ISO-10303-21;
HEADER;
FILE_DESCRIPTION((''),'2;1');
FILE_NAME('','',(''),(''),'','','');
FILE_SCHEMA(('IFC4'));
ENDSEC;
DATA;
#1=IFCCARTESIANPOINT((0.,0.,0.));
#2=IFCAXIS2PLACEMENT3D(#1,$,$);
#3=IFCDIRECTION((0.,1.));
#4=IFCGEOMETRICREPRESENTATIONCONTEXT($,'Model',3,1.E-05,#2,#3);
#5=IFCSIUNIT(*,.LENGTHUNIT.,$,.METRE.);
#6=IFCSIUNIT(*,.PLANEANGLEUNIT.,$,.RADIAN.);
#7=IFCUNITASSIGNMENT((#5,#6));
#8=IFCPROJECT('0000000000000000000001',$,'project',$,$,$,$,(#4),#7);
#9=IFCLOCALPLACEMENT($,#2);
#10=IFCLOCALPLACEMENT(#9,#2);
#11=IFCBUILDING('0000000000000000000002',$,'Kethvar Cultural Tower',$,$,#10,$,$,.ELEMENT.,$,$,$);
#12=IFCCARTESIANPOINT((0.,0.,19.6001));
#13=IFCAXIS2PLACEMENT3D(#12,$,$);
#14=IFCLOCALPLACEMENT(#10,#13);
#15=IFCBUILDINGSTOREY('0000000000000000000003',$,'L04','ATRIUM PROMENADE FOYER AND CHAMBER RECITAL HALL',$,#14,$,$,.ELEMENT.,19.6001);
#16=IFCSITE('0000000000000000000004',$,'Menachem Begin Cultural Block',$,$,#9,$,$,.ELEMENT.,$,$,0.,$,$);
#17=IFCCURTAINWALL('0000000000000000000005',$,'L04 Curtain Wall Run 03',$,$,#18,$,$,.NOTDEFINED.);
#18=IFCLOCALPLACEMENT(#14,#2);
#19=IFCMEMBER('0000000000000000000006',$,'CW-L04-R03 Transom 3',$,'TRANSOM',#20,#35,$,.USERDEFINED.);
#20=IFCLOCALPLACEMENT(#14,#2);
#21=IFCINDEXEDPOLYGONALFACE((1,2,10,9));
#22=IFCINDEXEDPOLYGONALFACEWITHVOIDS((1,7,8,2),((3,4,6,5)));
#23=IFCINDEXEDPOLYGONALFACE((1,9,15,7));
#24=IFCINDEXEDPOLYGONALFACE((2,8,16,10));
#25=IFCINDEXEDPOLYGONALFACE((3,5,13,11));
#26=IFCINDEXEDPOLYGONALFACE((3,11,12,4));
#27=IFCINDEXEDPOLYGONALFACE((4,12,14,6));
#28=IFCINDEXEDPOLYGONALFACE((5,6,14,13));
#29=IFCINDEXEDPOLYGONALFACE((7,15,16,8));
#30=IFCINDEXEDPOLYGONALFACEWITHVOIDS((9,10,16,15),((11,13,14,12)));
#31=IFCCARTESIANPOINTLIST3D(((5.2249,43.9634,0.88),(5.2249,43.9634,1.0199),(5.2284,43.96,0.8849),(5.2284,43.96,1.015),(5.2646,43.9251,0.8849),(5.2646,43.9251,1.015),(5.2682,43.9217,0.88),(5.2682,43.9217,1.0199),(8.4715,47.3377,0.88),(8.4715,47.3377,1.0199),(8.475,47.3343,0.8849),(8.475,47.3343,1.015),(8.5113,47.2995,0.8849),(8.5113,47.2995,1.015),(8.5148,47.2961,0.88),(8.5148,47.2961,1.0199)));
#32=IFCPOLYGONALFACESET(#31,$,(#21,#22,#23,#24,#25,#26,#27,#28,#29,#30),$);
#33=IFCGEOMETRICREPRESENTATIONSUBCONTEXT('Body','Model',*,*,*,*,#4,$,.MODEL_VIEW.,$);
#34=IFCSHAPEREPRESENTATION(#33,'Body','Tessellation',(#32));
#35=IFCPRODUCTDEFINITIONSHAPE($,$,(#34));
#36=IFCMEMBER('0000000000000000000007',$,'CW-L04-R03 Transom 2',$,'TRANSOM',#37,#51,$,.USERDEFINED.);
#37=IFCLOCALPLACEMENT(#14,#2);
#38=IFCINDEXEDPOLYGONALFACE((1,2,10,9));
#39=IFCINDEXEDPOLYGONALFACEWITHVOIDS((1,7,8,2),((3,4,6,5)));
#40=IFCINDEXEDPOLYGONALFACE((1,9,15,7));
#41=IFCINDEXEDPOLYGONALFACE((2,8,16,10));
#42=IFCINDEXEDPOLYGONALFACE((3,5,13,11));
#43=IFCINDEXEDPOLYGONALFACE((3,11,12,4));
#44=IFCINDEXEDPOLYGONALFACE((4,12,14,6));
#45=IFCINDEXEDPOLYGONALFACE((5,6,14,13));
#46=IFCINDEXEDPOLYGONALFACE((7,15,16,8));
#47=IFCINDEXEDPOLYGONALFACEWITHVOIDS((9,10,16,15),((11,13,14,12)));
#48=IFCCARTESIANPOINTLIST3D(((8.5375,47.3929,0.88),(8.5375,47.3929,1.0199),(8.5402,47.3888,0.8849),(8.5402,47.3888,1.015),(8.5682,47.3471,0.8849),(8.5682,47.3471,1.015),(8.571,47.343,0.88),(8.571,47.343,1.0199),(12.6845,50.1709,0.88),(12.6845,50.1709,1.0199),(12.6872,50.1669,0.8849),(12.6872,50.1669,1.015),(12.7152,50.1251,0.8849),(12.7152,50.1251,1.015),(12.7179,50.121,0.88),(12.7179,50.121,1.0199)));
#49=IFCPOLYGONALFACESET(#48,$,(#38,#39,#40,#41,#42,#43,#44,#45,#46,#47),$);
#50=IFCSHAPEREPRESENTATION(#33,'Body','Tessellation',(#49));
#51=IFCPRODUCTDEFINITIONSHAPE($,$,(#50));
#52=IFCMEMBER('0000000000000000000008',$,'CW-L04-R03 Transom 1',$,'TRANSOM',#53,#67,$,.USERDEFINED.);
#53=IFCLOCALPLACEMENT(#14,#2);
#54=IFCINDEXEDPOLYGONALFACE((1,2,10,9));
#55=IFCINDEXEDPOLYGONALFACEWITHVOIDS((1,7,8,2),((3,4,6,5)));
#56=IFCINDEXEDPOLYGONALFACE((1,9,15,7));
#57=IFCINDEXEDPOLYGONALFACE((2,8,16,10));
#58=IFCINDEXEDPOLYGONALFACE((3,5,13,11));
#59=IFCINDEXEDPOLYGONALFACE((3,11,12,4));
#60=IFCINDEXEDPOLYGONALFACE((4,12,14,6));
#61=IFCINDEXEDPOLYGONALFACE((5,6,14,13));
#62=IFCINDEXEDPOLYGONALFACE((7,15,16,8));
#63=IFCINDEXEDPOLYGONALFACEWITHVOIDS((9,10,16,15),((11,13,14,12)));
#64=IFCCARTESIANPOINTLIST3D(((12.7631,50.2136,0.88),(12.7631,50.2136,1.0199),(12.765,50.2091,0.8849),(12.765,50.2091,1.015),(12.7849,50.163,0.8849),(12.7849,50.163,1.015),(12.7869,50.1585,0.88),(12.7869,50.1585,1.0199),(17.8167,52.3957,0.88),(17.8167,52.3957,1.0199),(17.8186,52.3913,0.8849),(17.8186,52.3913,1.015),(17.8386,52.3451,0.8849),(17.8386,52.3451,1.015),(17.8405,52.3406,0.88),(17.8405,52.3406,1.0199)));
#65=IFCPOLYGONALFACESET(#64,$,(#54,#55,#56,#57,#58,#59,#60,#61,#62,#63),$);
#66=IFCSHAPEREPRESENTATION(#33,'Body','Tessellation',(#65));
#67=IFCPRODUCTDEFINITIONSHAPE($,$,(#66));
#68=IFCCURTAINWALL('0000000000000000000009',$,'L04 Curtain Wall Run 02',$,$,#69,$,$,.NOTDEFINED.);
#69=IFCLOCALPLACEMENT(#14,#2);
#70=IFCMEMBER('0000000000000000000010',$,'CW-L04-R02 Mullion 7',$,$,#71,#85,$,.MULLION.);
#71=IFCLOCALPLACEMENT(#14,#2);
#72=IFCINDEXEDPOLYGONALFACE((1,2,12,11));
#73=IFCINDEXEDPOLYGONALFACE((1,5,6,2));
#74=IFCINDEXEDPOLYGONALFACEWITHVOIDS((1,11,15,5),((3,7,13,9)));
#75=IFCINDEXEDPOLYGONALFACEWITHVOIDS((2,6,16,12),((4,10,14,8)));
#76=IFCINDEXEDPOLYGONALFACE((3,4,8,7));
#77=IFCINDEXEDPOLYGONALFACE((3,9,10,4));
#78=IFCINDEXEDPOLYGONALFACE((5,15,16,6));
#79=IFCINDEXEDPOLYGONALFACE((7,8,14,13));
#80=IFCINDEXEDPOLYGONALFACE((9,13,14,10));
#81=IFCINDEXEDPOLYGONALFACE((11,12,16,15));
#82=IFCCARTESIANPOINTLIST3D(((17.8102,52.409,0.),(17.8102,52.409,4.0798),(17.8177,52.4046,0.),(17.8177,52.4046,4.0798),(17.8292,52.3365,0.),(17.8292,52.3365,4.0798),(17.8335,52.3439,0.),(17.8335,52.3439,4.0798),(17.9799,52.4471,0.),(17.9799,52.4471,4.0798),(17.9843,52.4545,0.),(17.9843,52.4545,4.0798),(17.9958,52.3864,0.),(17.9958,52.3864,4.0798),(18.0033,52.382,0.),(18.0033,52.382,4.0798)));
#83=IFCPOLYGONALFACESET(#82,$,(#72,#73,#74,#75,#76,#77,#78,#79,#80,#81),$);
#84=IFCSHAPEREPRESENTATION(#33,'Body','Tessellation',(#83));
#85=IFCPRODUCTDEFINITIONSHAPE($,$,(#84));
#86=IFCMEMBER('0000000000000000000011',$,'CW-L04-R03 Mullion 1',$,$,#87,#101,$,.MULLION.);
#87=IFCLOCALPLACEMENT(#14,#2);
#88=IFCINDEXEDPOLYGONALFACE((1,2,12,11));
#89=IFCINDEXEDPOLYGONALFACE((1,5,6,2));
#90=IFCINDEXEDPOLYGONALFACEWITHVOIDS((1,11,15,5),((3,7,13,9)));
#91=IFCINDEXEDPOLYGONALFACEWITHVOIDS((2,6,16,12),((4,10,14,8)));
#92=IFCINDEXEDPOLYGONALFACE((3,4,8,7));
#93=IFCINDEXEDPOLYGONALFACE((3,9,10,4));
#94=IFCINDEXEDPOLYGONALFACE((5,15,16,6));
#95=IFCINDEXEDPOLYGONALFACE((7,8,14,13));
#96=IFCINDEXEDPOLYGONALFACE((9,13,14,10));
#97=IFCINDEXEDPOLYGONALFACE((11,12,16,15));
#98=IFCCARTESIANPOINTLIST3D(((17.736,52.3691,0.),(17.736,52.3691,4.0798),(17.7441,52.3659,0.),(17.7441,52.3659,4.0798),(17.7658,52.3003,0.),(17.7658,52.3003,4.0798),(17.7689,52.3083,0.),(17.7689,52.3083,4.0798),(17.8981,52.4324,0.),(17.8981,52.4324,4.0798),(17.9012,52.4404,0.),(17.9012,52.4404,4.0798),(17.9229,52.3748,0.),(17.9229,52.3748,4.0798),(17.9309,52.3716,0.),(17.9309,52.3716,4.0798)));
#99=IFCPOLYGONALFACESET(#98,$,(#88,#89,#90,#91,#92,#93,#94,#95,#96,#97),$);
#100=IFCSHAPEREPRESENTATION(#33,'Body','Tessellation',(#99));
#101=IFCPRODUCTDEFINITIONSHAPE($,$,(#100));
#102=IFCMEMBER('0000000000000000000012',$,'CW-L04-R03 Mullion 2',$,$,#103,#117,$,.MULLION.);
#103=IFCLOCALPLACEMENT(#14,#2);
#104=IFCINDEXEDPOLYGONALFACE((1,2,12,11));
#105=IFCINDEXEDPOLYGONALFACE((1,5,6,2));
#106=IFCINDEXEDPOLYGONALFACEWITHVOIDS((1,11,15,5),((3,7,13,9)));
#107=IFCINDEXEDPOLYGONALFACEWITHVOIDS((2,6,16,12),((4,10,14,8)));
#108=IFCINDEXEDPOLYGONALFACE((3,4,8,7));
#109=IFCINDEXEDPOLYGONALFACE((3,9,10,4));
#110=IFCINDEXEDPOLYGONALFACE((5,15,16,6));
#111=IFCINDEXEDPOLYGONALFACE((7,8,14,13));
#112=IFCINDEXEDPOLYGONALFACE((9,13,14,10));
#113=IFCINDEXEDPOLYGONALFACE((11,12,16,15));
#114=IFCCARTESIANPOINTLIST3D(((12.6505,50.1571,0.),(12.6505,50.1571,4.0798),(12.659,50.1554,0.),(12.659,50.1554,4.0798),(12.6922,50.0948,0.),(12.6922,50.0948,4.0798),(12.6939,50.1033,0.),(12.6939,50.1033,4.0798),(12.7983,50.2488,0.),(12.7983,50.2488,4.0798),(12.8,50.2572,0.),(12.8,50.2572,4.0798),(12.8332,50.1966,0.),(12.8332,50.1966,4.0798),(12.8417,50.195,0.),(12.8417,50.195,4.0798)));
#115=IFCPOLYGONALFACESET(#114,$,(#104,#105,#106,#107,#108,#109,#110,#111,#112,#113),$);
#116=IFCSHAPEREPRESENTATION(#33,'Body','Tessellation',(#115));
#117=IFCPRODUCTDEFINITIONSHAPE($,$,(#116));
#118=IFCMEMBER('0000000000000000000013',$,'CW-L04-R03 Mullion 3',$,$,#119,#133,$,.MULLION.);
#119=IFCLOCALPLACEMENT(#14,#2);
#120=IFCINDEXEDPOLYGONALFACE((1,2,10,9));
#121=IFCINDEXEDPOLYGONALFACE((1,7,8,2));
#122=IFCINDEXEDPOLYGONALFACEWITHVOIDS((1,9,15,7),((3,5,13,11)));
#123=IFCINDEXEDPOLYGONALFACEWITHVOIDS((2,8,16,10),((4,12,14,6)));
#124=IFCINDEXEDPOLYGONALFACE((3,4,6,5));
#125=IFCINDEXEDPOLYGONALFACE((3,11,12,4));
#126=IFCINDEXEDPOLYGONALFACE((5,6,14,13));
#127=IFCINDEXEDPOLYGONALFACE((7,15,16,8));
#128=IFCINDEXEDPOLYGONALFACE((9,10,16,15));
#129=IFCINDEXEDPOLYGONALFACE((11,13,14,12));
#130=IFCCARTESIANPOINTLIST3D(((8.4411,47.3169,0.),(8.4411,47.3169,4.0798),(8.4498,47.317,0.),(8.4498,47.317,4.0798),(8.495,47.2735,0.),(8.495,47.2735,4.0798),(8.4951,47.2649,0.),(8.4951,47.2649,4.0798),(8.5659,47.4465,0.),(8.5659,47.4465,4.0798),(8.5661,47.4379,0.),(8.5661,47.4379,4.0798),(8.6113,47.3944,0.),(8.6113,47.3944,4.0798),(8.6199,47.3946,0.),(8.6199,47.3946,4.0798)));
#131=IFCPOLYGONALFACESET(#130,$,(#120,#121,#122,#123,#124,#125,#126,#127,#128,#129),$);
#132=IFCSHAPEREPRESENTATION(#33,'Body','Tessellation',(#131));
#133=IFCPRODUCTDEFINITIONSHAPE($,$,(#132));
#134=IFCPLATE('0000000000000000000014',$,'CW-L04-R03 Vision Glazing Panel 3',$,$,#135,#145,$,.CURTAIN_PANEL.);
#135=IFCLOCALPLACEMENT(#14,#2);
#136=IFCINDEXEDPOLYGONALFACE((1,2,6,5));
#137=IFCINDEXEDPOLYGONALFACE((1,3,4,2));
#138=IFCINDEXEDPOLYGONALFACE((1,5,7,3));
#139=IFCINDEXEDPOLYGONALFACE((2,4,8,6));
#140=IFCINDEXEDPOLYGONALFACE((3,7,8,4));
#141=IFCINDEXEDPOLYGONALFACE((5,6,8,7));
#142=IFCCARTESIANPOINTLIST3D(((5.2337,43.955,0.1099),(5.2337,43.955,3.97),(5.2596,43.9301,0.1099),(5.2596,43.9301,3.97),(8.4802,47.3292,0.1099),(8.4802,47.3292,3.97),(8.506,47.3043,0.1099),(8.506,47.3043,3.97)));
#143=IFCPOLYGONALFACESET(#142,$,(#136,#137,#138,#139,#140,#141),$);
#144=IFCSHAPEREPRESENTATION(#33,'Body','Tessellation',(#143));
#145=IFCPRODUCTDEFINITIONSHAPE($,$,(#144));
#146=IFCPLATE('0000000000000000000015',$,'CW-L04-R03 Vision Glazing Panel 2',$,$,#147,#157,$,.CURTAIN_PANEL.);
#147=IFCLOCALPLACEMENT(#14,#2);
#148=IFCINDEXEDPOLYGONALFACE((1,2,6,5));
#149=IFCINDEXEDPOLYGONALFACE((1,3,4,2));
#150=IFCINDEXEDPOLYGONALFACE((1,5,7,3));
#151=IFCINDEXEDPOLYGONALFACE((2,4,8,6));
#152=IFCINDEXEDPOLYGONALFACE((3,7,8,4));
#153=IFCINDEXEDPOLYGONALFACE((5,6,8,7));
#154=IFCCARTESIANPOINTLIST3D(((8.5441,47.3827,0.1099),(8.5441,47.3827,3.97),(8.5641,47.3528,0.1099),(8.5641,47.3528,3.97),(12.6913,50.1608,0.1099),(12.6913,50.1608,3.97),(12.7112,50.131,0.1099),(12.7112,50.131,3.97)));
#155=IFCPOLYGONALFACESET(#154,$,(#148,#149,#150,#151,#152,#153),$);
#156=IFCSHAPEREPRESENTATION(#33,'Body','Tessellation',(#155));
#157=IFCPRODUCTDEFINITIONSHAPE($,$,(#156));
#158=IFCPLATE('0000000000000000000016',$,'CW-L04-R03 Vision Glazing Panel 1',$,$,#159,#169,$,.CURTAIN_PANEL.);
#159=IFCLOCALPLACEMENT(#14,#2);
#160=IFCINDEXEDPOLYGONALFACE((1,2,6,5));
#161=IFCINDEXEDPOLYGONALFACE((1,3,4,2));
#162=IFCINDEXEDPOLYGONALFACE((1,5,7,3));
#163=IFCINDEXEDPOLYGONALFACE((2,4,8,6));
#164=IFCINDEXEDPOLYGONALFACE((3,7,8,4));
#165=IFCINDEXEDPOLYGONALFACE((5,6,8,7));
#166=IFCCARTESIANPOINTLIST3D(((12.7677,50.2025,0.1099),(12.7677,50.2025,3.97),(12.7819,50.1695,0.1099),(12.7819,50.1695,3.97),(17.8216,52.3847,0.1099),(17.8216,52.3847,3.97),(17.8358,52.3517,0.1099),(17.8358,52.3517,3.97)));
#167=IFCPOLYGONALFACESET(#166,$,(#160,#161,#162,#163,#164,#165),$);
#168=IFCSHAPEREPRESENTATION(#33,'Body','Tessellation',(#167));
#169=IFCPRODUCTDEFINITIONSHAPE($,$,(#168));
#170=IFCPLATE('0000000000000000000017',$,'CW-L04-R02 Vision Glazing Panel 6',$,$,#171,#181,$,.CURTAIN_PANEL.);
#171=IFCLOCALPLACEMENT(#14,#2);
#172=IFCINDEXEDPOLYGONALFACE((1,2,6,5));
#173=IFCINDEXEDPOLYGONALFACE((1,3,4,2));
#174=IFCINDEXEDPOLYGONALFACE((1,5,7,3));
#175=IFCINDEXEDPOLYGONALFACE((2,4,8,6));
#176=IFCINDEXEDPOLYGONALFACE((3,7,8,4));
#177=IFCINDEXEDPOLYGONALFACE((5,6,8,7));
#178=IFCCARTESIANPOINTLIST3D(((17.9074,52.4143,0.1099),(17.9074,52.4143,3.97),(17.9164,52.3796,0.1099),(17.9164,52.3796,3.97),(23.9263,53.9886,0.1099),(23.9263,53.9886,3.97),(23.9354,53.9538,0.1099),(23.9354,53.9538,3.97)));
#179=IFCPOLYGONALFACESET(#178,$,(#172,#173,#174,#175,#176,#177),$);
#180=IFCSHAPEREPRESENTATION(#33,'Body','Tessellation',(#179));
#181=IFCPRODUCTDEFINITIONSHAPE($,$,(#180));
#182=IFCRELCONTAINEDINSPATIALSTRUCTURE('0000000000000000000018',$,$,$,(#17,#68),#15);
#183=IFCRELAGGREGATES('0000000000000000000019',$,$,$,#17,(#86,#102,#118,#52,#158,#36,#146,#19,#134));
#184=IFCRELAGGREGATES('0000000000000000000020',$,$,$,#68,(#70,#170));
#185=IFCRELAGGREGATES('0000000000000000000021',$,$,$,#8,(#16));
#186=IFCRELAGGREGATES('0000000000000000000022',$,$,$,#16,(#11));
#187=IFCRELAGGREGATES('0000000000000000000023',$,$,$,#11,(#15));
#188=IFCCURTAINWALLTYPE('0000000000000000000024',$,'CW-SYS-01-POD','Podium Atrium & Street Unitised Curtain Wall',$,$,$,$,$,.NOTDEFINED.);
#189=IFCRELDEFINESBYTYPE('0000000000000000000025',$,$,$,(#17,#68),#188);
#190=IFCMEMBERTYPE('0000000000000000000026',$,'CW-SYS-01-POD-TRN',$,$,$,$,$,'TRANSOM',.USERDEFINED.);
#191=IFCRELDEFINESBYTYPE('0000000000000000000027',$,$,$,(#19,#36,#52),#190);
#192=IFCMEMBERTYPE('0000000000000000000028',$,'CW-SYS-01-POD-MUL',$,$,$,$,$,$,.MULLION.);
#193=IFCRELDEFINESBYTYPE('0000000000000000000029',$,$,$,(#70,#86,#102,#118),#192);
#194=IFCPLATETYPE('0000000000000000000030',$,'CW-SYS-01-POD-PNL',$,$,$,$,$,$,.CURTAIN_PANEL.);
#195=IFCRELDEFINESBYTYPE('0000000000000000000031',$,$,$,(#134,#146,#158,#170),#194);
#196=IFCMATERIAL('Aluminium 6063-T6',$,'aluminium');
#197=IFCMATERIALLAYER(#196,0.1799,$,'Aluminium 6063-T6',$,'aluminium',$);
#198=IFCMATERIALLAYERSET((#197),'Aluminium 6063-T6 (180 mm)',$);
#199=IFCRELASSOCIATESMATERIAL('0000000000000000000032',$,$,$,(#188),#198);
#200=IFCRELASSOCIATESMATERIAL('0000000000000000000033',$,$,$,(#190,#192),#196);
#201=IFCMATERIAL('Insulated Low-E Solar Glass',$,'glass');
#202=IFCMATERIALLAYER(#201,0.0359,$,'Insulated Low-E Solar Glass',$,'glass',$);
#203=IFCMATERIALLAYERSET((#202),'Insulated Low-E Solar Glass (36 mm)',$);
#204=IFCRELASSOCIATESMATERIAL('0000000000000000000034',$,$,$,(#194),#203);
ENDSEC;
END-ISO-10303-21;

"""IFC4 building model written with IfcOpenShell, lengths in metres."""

from ifc_helpers import new_model, si_unit, direction, frame, origin, origin_2d, place, context, subcontext, project, spatial, rectangle, hollow_rectangle, extrude, source, transform, mapped, material, layer, layer_set, material_profile, profile_set, type_object, element, aggregate, save


model = new_model("IFC4")

# Units and contexts
model_context = context("Model", 3, precision=1e-05, world=origin(), true_north=direction((0.0, 1.0)))
body_context = subcontext(model_context, "Body", "Model", "MODEL_VIEW")
ifc_project = project(units=[si_unit("LENGTHUNIT", "METRE"), si_unit("PLANEANGLEUNIT", "RADIAN")], contexts=[model_context])

# Site, building, storey
site_placement = place(None, origin())
site = spatial("IfcSite", under=ifc_project, at=site_placement, Name="Menachem Begin Cultural Block", CompositionType="ELEMENT", RefElevation=0.0)
building_placement = place(site_placement, origin())
building = spatial("IfcBuilding", under=site, at=building_placement, Name="Kethvar Cultural Tower", CompositionType="ELEMENT")
storey_placement = place(building_placement, frame((0.0, 0.0, 19.6001)))
storey = spatial("IfcBuildingStorey", under=building, at=storey_placement, Name="L04", Description="ATRIUM PROMENADE FOYER AND CHAMBER RECITAL HALL", CompositionType="ELEMENT", Elevation=19.6001)

# Curtain wall, members
ifc_material_1 = material(Name="Aluminium 6063-T6", Category="aluminium")
ifc_layer_1 = layer(ifc_material_1, 0.1799, Name="Aluminium 6063-T6", Category="aluminium")
ifc_layer_set_1 = layer_set([ifc_layer_1], Name="Aluminium 6063-T6 (180 mm)")
curtain_wall_type = type_object("IfcCurtainWallType", Name="CW-SYS-01-POD", Description="Podium Atrium & Street Unitised Curtain Wall", PredefinedType="NOTDEFINED", material=ifc_layer_set_1)
curtain_wall_1_placement = place(storey_placement, origin())
curtain_wall_1 = element("IfcCurtainWall", 1, at=curtain_wall_1_placement, inside=storey, type_object=curtain_wall_type, Name="L04 Curtain Wall Run 03", PredefinedType="NOTDEFINED")
ifc_material_profile_1 = material_profile(ifc_material_1, hollow_rectangle(XDim=0.0601, YDim=0.1399, WallThickness=0.0049, at=origin_2d()), Name="Aluminium 6063-T6 — RHS140x60x5")
ifc_profile_set_1 = profile_set([ifc_material_profile_1], Name="Aluminium 6063-T6 — RHS140x60x5")
member_type_1 = type_object("IfcMemberType", Name="CW-SYS-01-POD-TRN", ElementType="TRANSOM", PredefinedType="USERDEFINED", material=ifc_profile_set_1)
shared_shape_1 = source(origin(), body_context, "Body", "SweptSolid", [
    extrude(hollow_rectangle(XDim=0.0601, YDim=0.1399, WallThickness=0.0049, at=origin_2d()), origin(), (0.0, 0.0, 1.0), 4.6826),
])
member_1_placement = place(storey_placement, frame((8.4932, 47.3169, 0.95), z_axis=(-0.693341, -0.72061, 0.0), x_axis=(0.72061, -0.693341, 0.0)))
member_1 = element("IfcMember", 2, at=member_1_placement, type_object=member_type_1, Name="CW-L04-R03 Transom 3", ObjectType="TRANSOM", PredefinedType="USERDEFINED", context=body_context, shape_type="MappedRepresentation", body=[
    mapped(shared_shape_1, transform((0.0, 0.0, 0.0), scale=1.0)),
])
shared_shape_2 = source(origin(), body_context, "Body", "SweptSolid", [
    extrude(hollow_rectangle(XDim=0.0601, YDim=0.1399, WallThickness=0.0049, at=origin_2d()), origin(), (0.0, 0.0, 1.0), 4.9915),
])
member_2_placement = place(storey_placement, frame((12.7012, 50.146, 0.95), z_axis=(-0.830807, -0.556561, 0.0), x_axis=(0.556561, -0.830807, 0.0)))
member_2 = element("IfcMember", 3, at=member_2_placement, type_object=member_type_1, Name="CW-L04-R03 Transom 2", ObjectType="TRANSOM", PredefinedType="USERDEFINED", context=body_context, shape_type="MappedRepresentation", body=[
    mapped(shared_shape_2, transform((0.0, 0.0, 0.0), scale=1.0)),
])
shared_shape_3 = source(origin(), body_context, "Body", "SweptSolid", [
    extrude(hollow_rectangle(XDim=0.0601, YDim=0.1399, WallThickness=0.0049, at=origin_2d()), origin(), (0.0, 0.0, 1.0), 5.5046),
])
member_3_placement = place(storey_placement, frame((17.8286, 52.3682, 0.95), z_axis=(-0.918073, -0.396412, 0.0), x_axis=(0.396412, -0.918073, 0.0)))
member_3 = element("IfcMember", 4, at=member_3_placement, type_object=member_type_1, Name="CW-L04-R03 Transom 1", ObjectType="TRANSOM", PredefinedType="USERDEFINED", context=body_context, shape_type="MappedRepresentation", body=[
    mapped(shared_shape_3, transform((0.0, 0.0, 0.0), scale=1.0)),
])

# Curtain wall, member
curtain_wall_2_placement = place(storey_placement, origin())
curtain_wall_2 = element("IfcCurtainWall", 5, at=curtain_wall_2_placement, inside=storey, type_object=curtain_wall_type, Name="L04 Curtain Wall Run 02", PredefinedType="NOTDEFINED")
ifc_material_profile_2 = material_profile(ifc_material_1, hollow_rectangle(XDim=0.075, YDim=0.1799, WallThickness=0.0061, at=origin_2d()), Name="Aluminium 6063-T6 — RHS180x75x6")
ifc_profile_set_2 = profile_set([ifc_material_profile_2], Name="Aluminium 6063-T6 — RHS180x75x6")
member_type_2 = type_object("IfcMemberType", Name="CW-SYS-01-POD-MUL", PredefinedType="MULLION", material=ifc_profile_set_2)
shared_shape_4 = source(origin(), body_context, "Body", "SweptSolid", [
    extrude(hollow_rectangle(XDim=0.075, YDim=0.1799, WallThickness=0.0061, at=origin_2d()), origin(), (0.0, 0.0, 1.0), 4.0798),
])
member_4_placement = place(storey_placement, frame((17.9067, 52.3955, 0.0), z_axis=(0.0, 0.0, 1.0), x_axis=(0.253032, -0.967458, 0.0)))
member_4 = element("IfcMember", 6, at=member_4_placement, type_object=member_type_2, Name="CW-L04-R02 Mullion 7", PredefinedType="MULLION", context=body_context, shape_type="MappedRepresentation", body=[
    mapped(shared_shape_4, transform((0.0, 0.0, 0.0), scale=1.0)),
])

# Members
member_5_placement = place(storey_placement, frame((17.8335, 52.3704, 0.0), z_axis=(0.0, 0.0, 1.0), x_axis=(0.396411, -0.918073, 0.0)))
member_5 = element("IfcMember", 7, at=member_5_placement, type_object=member_type_2, Name="CW-L04-R03 Mullion 1", PredefinedType="MULLION", context=body_context, shape_type="MappedRepresentation", body=[
    mapped(shared_shape_4, transform((0.0, 0.0, 0.0), scale=1.0)),
])
member_6_placement = place(storey_placement, frame((12.7461, 50.176, 0.0), z_axis=(0.0, 0.0, 1.0), x_axis=(0.556557, -0.83081, 0.0)))
member_6 = element("IfcMember", 8, at=member_6_placement, type_object=member_type_2, Name="CW-L04-R03 Mullion 2", PredefinedType="MULLION", context=body_context, shape_type="MappedRepresentation", body=[
    mapped(shared_shape_4, transform((0.0, 0.0, 0.0), scale=1.0)),
])
member_7_placement = place(storey_placement, frame((8.5305, 47.3557, 0.0), z_axis=(0.0, 0.0, 1.0), x_axis=(0.720612, -0.693339, 0.0)))
member_7 = element("IfcMember", 9, at=member_7_placement, type_object=member_type_2, Name="CW-L04-R03 Mullion 3", PredefinedType="MULLION", context=body_context, shape_type="MappedRepresentation", body=[
    mapped(shared_shape_4, transform((0.0, 0.0, 0.0), scale=1.0)),
])

# Plates
ifc_material_2 = material(Name="Insulated Low-E Solar Glass", Category="glass")
ifc_layer_2 = layer(ifc_material_2, 0.0359, Name="Insulated Low-E Solar Glass", Category="glass")
ifc_layer_set_2 = layer_set([ifc_layer_2], Name="Insulated Low-E Solar Glass (36 mm)")
plate_type = type_object("IfcPlateType", Name="CW-SYS-01-POD-PNL", PredefinedType="CURTAIN_PANEL", material=ifc_layer_set_2)
shared_shape_5 = source(origin(), body_context, "Body", "SweptSolid", [
    extrude(rectangle(XDim=4.6824, YDim=0.0359, at=origin_2d()), origin(), (0.0, 0.0, 1.0), 3.8601),
])
plate_1_placement = place(storey_placement, frame((6.8699, 45.6296, 0.1099), z_axis=(0.0, 0.0, 1.0), x_axis=(-0.693339, -0.720612, 0.0)))
plate_1 = element("IfcPlate", 10, at=plate_1_placement, type_object=plate_type, Name="CW-L04-R03 Vision Glazing Panel 3", PredefinedType="CURTAIN_PANEL", context=body_context, shape_type="MappedRepresentation", body=[
    mapped(shared_shape_5, transform((0.0, 0.0, 0.0), scale=1.0)),
])
shared_shape_6 = source(origin(), body_context, "Body", "SweptSolid", [
    extrude(rectangle(XDim=4.9917, YDim=0.0359, at=origin_2d()), origin(), (0.0, 0.0, 1.0), 3.8601),
])
plate_2_placement = place(storey_placement, frame((10.6277, 48.7568, 0.1099), z_axis=(0.0, 0.0, 1.0), x_axis=(-0.83081, -0.556557, 0.0)))
plate_2 = element("IfcPlate", 11, at=plate_2_placement, type_object=plate_type, Name="CW-L04-R03 Vision Glazing Panel 2", PredefinedType="CURTAIN_PANEL", context=body_context, shape_type="MappedRepresentation", body=[
    mapped(shared_shape_6, transform((0.0, 0.0, 0.0), scale=1.0)),
])
shared_shape_7 = source(origin(), body_context, "Body", "SweptSolid", [
    extrude(rectangle(XDim=5.5049, YDim=0.0359, at=origin_2d()), origin(), (0.0, 0.0, 1.0), 3.8601),
])
plate_3_placement = place(storey_placement, frame((15.3018, 51.2771, 0.1099), z_axis=(0.0, 0.0, 1.0), x_axis=(-0.918073, -0.396411, 0.0)))
plate_3 = element("IfcPlate", 12, at=plate_3_placement, type_object=plate_type, Name="CW-L04-R03 Vision Glazing Panel 1", PredefinedType="CURTAIN_PANEL", context=body_context, shape_type="MappedRepresentation", body=[
    mapped(shared_shape_7, transform((0.0, 0.0, 0.0), scale=1.0)),
])
aggregate(curtain_wall_1, [member_5, member_6, member_7, member_3, plate_3, member_2, plate_2, member_1, plate_1])
shared_shape_8 = source(origin(), body_context, "Body", "SweptSolid", [
    extrude(rectangle(XDim=6.2214, YDim=0.0359, at=origin_2d()), origin(), (0.0, 0.0, 1.0), 3.8601),
])
plate_4_placement = place(storey_placement, frame((20.9214, 53.1841, 0.1099), z_axis=(0.0, 0.0, 1.0), x_axis=(-0.967458, -0.253032, 0.0)))
plate_4 = element("IfcPlate", 13, at=plate_4_placement, type_object=plate_type, Name="CW-L04-R02 Vision Glazing Panel 6", PredefinedType="CURTAIN_PANEL", context=body_context, shape_type="MappedRepresentation", body=[
    mapped(shared_shape_8, transform((0.0, 0.0, 0.0), scale=1.0)),
])
aggregate(curtain_wall_2, [member_4, plate_4])

save(model, "model.ifc")
